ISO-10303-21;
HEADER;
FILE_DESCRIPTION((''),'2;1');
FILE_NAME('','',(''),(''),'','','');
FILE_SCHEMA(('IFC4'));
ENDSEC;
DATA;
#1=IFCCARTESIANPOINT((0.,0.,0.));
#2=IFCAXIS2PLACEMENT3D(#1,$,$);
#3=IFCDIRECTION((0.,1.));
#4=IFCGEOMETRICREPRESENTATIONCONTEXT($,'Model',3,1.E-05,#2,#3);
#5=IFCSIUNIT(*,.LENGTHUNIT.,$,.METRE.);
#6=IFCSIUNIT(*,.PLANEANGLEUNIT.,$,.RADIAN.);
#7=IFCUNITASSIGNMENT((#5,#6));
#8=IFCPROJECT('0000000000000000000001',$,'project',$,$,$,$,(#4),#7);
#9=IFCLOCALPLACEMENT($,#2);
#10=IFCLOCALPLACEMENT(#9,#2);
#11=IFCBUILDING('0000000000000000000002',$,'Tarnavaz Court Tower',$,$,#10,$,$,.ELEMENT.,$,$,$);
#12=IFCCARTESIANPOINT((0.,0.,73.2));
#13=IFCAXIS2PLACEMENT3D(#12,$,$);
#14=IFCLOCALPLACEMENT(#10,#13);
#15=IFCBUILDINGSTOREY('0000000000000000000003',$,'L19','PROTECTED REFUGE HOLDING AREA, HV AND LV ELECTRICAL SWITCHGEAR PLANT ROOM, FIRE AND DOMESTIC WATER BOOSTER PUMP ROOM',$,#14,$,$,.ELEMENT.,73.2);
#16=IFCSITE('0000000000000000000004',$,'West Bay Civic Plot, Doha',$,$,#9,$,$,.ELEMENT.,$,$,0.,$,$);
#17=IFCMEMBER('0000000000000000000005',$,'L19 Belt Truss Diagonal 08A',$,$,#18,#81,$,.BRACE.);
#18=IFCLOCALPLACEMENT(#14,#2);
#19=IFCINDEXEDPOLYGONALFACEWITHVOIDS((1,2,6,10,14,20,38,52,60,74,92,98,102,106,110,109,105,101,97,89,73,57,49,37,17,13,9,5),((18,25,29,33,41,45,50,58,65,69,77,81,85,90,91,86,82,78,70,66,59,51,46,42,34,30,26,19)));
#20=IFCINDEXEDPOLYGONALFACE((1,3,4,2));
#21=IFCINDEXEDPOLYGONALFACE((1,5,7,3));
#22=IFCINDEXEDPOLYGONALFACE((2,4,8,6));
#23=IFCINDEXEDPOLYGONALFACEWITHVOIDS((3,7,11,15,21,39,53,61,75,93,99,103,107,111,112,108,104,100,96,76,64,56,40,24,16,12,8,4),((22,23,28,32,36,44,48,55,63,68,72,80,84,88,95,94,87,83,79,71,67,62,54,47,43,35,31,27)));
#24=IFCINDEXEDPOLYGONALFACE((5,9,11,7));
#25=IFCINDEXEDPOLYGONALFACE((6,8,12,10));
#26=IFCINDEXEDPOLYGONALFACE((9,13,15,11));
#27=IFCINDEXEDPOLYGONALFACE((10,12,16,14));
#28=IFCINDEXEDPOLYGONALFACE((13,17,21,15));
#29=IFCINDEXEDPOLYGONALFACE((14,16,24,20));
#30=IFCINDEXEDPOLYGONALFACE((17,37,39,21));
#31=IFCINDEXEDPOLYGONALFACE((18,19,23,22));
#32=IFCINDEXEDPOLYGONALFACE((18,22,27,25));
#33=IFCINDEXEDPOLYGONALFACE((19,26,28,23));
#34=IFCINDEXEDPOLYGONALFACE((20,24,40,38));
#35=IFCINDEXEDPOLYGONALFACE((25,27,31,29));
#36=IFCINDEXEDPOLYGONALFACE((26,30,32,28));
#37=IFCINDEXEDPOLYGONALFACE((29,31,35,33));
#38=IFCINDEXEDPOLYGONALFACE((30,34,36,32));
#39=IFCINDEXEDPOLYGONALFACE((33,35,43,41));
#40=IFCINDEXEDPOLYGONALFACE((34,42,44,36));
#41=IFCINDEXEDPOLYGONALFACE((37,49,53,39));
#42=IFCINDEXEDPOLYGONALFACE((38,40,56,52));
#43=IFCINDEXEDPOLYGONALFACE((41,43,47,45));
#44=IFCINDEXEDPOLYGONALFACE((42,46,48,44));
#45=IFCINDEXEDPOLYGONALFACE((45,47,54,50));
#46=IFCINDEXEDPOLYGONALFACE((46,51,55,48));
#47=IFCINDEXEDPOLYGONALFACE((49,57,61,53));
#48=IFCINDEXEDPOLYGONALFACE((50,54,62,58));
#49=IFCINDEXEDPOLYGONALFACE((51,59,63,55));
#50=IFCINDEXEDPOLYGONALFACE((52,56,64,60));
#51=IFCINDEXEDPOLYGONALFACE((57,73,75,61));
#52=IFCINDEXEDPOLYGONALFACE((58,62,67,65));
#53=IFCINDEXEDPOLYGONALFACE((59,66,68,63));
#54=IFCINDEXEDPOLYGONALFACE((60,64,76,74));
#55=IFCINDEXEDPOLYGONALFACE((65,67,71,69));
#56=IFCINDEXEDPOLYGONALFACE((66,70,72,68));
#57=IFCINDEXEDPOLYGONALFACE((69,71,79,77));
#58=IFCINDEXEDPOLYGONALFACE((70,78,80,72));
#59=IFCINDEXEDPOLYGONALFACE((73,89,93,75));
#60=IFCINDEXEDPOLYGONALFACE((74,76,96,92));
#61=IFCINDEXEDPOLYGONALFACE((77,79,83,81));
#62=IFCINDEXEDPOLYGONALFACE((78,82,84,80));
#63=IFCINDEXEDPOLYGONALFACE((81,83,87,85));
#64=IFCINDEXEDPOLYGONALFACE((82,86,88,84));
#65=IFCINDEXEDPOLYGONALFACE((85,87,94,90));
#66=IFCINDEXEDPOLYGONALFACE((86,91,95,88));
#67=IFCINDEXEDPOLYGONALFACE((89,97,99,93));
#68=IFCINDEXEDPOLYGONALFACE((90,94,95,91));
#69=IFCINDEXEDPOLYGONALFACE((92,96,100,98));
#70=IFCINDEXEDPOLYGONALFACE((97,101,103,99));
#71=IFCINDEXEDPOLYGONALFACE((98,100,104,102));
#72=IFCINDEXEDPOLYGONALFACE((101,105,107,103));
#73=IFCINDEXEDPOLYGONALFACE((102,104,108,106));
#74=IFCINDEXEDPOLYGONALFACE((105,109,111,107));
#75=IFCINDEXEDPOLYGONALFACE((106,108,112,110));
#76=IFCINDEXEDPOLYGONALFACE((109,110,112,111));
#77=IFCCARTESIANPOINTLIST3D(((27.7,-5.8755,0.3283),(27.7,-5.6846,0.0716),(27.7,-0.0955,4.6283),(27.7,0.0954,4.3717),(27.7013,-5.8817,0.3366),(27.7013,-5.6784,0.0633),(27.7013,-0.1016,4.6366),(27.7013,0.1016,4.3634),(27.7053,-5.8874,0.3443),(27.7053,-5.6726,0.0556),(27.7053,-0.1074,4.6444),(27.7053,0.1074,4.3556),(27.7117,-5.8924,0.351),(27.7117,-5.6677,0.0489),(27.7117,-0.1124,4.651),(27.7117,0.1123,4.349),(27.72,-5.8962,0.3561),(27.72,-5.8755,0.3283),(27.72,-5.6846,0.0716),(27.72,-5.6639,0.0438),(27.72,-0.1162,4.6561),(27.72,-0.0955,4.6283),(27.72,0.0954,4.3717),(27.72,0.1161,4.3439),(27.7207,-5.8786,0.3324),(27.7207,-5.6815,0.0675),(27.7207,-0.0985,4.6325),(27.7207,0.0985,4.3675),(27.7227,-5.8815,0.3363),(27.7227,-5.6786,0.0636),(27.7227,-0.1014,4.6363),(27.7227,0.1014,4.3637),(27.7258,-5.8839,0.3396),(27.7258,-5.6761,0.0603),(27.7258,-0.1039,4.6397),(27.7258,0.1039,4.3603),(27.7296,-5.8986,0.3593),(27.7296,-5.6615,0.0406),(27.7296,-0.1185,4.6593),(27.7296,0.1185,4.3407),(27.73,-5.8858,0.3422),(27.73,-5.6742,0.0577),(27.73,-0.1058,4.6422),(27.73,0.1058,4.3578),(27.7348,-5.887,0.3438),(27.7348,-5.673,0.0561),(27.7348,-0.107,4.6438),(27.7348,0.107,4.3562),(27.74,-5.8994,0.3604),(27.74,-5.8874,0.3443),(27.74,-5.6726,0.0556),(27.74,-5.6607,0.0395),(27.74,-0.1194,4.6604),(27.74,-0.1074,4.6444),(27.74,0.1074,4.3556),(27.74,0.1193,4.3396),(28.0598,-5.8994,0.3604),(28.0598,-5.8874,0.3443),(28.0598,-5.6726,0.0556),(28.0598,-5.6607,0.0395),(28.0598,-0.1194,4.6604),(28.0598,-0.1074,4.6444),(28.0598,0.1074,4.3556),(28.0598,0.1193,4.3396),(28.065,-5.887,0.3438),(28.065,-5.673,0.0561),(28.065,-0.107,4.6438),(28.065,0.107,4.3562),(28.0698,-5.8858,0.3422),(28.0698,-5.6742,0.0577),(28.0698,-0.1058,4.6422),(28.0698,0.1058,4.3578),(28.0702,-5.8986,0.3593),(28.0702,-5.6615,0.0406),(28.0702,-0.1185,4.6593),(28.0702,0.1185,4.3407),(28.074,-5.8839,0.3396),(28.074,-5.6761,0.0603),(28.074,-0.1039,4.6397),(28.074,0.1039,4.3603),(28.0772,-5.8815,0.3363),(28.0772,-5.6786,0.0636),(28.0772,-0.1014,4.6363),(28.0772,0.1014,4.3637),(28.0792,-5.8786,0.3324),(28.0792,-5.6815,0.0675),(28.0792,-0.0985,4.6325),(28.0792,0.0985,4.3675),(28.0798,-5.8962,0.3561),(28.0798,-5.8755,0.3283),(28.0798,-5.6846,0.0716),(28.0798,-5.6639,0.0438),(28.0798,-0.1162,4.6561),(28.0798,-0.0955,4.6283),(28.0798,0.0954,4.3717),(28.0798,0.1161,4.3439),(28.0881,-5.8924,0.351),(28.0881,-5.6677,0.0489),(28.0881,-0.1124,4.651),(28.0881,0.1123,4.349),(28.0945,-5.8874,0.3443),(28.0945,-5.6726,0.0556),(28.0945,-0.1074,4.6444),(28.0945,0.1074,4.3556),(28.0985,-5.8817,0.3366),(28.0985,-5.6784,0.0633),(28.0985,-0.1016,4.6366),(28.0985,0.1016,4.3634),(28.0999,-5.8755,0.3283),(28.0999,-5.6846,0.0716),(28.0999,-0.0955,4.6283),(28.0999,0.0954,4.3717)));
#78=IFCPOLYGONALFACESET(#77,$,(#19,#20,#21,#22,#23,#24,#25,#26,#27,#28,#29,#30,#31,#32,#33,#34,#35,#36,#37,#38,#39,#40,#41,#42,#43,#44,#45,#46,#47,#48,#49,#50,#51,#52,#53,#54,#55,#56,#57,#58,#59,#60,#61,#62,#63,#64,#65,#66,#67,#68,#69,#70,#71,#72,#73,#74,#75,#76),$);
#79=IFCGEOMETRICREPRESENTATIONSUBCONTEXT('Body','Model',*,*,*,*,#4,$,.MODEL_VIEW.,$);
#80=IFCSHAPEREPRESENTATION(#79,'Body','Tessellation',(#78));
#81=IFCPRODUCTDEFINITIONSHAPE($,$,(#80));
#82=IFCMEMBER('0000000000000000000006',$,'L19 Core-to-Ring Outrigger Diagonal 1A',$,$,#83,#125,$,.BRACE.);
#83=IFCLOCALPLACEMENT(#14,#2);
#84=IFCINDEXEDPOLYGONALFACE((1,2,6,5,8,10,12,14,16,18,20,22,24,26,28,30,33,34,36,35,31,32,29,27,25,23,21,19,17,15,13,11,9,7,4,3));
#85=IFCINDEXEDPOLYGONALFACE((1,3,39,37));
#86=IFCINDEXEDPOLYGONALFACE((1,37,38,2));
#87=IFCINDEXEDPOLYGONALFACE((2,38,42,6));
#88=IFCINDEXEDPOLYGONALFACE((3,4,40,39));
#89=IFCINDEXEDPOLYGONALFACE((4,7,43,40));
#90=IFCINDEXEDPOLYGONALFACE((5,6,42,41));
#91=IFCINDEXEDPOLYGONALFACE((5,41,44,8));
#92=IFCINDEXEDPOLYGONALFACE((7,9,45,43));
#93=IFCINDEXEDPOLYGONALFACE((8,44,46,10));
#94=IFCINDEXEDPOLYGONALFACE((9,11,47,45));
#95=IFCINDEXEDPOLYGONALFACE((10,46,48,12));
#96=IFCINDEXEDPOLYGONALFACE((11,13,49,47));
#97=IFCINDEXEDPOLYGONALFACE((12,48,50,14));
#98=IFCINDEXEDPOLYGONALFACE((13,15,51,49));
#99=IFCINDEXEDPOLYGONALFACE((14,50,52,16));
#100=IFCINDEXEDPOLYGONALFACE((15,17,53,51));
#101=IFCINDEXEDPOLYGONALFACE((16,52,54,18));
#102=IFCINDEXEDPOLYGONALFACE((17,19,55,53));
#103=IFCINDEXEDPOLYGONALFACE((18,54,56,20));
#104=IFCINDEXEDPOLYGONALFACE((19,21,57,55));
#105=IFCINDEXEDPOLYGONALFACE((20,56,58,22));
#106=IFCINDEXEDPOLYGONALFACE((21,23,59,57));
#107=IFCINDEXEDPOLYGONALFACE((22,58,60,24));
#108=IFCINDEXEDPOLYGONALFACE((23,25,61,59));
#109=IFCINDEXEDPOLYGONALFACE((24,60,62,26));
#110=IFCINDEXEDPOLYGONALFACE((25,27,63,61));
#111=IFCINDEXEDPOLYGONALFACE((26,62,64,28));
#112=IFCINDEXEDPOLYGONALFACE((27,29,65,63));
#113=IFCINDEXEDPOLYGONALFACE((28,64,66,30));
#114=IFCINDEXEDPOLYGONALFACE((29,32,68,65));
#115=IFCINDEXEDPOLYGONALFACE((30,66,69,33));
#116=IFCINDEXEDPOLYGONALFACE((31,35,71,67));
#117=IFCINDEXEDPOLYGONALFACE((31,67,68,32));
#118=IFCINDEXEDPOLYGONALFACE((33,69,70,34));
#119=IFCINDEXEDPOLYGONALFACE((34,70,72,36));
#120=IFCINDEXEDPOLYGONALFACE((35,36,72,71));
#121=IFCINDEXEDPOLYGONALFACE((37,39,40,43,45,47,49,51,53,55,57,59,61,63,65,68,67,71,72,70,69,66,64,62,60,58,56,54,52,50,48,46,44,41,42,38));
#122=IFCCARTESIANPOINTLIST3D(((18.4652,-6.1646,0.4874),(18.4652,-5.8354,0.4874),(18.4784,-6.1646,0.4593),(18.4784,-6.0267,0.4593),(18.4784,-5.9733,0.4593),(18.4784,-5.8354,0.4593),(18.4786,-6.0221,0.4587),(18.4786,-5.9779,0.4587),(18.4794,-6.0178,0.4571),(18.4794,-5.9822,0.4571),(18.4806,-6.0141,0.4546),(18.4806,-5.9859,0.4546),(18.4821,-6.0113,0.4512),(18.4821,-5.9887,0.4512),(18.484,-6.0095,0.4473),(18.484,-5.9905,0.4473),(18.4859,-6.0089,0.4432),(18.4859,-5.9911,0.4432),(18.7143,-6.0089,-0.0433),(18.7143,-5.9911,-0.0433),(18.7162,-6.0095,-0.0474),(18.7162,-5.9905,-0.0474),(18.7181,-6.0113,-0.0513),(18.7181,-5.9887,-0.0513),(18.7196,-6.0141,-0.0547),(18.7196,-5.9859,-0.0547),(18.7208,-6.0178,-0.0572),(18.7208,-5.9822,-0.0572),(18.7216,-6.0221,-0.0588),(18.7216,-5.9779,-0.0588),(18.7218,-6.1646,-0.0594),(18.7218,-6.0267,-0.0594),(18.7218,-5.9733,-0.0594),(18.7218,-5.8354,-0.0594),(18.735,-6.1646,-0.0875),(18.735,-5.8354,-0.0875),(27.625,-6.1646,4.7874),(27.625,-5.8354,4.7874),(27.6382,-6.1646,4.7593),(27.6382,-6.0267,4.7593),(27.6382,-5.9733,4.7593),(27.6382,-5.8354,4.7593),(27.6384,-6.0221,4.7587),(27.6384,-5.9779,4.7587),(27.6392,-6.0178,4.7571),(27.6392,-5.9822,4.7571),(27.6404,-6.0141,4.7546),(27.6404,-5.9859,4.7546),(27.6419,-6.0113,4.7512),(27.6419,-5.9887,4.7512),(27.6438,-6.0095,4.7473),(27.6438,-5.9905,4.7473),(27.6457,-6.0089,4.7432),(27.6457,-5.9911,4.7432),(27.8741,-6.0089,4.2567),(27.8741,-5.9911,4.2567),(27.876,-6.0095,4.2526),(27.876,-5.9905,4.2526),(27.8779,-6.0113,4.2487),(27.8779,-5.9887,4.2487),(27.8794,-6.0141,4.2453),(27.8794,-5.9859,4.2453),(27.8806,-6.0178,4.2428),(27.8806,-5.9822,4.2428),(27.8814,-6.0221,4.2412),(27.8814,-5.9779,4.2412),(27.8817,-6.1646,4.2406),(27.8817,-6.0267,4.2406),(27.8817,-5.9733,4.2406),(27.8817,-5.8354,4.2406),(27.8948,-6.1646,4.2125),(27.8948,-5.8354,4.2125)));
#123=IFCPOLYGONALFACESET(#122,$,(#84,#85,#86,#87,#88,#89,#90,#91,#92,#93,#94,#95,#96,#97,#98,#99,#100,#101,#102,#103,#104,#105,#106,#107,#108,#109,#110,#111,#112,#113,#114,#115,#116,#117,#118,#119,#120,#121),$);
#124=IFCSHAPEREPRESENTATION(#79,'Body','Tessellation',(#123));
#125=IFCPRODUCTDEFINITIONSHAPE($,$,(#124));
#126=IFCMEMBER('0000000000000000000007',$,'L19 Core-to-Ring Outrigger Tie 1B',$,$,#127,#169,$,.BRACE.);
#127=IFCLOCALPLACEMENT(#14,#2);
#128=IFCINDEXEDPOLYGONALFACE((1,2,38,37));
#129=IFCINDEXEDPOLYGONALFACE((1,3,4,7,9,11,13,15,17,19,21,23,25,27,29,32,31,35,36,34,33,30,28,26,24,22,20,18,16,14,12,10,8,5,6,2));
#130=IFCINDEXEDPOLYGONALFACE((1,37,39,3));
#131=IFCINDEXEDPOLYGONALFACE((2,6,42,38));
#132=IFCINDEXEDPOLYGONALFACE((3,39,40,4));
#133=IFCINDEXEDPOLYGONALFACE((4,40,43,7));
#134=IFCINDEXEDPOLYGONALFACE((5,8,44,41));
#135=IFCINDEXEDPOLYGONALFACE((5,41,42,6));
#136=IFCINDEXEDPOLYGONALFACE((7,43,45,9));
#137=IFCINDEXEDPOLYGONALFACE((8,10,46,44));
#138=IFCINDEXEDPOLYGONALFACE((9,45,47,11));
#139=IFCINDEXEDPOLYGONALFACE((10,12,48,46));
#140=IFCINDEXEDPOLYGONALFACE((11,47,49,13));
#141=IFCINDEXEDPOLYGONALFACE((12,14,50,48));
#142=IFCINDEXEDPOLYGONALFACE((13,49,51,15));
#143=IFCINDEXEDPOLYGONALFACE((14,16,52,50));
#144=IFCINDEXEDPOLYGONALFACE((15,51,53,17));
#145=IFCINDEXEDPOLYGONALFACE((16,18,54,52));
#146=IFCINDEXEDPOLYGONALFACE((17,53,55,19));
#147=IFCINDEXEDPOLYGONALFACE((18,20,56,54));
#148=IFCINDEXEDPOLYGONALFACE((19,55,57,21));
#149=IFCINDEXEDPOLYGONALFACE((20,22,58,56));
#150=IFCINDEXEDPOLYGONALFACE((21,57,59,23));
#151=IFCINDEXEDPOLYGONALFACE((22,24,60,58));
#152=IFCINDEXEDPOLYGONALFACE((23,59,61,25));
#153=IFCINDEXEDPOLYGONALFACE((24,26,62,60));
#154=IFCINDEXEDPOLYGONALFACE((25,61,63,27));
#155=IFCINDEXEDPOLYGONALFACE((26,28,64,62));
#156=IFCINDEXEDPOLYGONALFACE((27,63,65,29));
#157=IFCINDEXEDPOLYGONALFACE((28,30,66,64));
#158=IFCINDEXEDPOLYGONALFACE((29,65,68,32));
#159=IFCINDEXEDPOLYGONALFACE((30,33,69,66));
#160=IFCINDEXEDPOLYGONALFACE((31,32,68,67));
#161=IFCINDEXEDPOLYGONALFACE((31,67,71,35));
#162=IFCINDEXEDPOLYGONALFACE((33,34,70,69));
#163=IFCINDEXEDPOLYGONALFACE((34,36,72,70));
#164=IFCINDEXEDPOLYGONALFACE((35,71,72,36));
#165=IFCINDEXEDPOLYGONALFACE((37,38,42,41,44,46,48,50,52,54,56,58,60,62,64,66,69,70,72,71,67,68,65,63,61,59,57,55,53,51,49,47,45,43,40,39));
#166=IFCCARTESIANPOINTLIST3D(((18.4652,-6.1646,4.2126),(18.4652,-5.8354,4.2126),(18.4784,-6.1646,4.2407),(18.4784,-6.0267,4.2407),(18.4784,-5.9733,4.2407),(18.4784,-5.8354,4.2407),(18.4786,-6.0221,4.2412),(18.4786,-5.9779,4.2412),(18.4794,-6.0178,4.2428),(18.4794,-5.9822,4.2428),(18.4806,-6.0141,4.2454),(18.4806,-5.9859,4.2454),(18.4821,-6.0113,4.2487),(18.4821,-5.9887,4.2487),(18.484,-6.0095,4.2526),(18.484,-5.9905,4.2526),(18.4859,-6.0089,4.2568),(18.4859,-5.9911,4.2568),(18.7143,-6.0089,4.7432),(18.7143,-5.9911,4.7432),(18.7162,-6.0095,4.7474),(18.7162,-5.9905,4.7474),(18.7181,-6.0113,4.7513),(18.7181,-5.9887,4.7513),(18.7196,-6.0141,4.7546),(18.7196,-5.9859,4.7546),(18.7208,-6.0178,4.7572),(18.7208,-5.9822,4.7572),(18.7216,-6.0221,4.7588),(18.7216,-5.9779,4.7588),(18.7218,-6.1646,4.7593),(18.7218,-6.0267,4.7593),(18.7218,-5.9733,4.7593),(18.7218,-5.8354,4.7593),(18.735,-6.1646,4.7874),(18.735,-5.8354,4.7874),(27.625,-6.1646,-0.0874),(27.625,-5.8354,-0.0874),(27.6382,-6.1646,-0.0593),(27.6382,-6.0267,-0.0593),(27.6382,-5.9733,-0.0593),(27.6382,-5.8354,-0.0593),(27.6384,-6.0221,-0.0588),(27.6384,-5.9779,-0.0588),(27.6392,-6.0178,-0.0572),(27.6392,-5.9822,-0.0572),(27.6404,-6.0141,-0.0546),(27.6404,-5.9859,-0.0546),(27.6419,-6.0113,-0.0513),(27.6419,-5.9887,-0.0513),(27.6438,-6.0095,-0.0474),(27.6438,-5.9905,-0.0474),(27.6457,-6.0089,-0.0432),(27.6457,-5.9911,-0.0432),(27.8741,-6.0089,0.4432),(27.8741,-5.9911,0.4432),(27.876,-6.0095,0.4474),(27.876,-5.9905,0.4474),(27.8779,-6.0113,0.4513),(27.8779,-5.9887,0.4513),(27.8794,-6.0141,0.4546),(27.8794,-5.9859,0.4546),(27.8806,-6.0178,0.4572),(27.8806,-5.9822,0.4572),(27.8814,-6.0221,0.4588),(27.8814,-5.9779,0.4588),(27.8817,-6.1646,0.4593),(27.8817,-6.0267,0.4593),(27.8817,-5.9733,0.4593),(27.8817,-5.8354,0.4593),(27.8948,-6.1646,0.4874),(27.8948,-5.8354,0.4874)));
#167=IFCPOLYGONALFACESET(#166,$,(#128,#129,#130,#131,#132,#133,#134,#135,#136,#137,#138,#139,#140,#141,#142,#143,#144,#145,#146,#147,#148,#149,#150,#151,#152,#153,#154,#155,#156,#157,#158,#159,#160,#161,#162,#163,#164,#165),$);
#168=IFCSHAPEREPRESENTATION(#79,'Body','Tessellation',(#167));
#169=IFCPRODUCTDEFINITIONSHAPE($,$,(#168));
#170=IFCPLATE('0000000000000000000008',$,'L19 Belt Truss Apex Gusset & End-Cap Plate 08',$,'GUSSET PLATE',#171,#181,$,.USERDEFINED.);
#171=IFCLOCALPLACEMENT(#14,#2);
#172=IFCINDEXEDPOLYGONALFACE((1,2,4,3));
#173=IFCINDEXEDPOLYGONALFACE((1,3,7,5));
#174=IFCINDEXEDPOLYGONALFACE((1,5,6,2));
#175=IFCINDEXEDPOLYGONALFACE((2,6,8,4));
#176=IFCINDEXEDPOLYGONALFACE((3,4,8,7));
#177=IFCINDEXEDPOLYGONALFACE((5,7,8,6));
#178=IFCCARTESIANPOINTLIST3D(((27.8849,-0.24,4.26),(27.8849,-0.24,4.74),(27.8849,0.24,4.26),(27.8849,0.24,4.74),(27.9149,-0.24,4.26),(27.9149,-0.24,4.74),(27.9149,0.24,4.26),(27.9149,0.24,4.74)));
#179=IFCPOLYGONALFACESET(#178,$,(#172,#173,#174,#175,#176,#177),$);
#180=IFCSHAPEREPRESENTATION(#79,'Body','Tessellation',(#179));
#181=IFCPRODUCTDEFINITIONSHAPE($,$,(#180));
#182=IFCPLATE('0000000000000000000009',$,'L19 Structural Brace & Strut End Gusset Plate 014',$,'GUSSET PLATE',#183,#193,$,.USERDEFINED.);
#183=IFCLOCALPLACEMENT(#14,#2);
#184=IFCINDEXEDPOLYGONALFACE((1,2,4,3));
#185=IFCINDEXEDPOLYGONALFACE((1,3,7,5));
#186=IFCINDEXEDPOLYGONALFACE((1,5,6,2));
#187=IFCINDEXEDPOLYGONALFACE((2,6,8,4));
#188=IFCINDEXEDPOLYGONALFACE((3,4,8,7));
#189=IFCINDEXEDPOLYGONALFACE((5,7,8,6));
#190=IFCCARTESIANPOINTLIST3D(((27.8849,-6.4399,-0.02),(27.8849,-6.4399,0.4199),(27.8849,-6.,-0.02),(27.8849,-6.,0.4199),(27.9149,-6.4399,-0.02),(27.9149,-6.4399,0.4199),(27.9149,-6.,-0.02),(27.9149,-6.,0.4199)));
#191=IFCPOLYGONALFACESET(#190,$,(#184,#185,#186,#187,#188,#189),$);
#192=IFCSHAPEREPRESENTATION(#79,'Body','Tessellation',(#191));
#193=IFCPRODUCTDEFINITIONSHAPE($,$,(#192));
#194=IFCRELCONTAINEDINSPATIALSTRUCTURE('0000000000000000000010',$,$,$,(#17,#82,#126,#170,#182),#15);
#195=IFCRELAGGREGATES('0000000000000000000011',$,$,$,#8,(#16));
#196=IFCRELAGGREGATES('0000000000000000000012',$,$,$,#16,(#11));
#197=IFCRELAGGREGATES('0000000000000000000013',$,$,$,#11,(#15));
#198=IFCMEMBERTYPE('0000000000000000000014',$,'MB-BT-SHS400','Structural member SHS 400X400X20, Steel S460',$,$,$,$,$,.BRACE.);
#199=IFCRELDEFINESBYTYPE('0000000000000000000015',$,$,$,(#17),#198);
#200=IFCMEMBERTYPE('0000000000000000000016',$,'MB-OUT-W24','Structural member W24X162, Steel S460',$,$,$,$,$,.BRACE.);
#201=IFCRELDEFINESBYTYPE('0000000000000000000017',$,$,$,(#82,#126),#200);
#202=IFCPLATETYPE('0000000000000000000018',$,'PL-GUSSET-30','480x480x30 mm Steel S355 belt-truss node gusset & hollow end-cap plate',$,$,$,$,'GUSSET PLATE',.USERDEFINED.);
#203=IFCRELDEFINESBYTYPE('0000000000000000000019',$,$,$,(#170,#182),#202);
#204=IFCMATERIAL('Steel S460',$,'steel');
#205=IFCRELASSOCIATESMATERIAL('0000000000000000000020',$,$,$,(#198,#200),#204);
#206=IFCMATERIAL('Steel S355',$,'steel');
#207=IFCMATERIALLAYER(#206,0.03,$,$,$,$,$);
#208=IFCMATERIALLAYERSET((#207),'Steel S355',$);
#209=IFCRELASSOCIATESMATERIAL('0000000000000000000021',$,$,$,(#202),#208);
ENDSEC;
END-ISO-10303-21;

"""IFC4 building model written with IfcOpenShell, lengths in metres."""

from ifc_helpers import new_model, si_unit, direction, frame, origin, origin_2d, place, context, subcontext, project, spatial, rectangle, hollow_rectangle, i_section, extrude, material, layer, layer_set, material_profile, profile_set, type_object, element, save


model = new_model("IFC4")

# Units and contexts
model_context = context("Model", 3, precision=1e-05, world=origin(), true_north=direction((0.0, 1.0)))
body_context = subcontext(model_context, "Body", "Model", "MODEL_VIEW")
ifc_project = project(units=[si_unit("LENGTHUNIT", "METRE"), si_unit("PLANEANGLEUNIT", "RADIAN")], contexts=[model_context])

# Site, building, storey
site_placement = place(None, origin())
site = spatial("IfcSite", under=ifc_project, at=site_placement, Name="West Bay Civic Plot, Doha", CompositionType="ELEMENT", RefElevation=0.0)
building_placement = place(site_placement, origin())
building = spatial("IfcBuilding", under=site, at=building_placement, Name="Tarnavaz Court Tower", CompositionType="ELEMENT")
storey_placement = place(building_placement, frame((0.0, 0.0, 73.2)))
storey = spatial("IfcBuildingStorey", under=building, at=storey_placement, Name="L19", Description="PROTECTED REFUGE HOLDING AREA, HV AND LV ELECTRICAL SWITCHGEAR PLANT ROOM, FIRE AND DOMESTIC WATER BOOSTER PUMP ROOM", CompositionType="ELEMENT", Elevation=73.2)

# Shared definitions
ifc_material_1 = material(Name="Steel S460", Category="steel")

# Members
ifc_material_profile_1 = material_profile(ifc_material_1, hollow_rectangle(XDim=0.3999, YDim=0.3999, WallThickness=0.02, InnerFilletRadius=0.02, OuterFilletRadius=0.04, at=origin_2d()), Name="SHS 400X400X20")
ifc_profile_set_1 = profile_set([ifc_material_profile_1], Name="Steel S460")
member_type_1 = type_object("IfcMemberType", Name="MB-BT-SHS400", Description="Structural member SHS 400X400X20, Steel S460", PredefinedType="BRACE", material=ifc_profile_set_1)
member_1_placement = place(storey_placement, frame((27.8999, -5.78, 0.2), z_axis=(0.0, 0.802324, 0.596889), x_axis=(-1.0, 0.0, 0.0)))
element("IfcMember", 1, at=member_1_placement, inside=storey, type_object=member_type_1, Name="L19 Belt Truss Diagonal 08A", PredefinedType="BRACE", context=body_context, shape_type="SweptSolid", body=[
    extrude(hollow_rectangle(XDim=0.3999, YDim=0.3999, WallThickness=0.02, InnerFilletRadius=0.02, OuterFilletRadius=0.04, at=origin_2d()), origin(), (0.0, 0.0, 1.0), 7.2041),
])
ifc_material_profile_2 = material_profile(ifc_material_1, i_section(OverallWidth=0.3291, OverallDepth=0.635, WebThickness=0.0178, FlangeThickness=0.031, FilletRadius=0.0178, at=origin_2d()), Name="W24X162")
ifc_profile_set_2 = profile_set([ifc_material_profile_2], Name="Steel S460")
member_type_2 = type_object("IfcMemberType", Name="MB-OUT-W24", Description="Structural member W24X162, Steel S460", PredefinedType="BRACE", material=ifc_profile_set_2)
for number, where, z_axis, x_axis, name in (
    (2, (18.6001, -6.0, 0.2), (0.905218, 0.0, 0.424947), (0.0, 1.0, 0.0), "L19 Core-to-Ring Outrigger Diagonal 1A"),
    (3, (18.6001, -6.0, 4.5), (0.905218, 0.0, -0.424947), (0.0, 1.0, 0.0), "L19 Core-to-Ring Outrigger Tie 1B"),
):
    element("IfcMember", number, at=place(storey_placement, frame(where, z_axis=z_axis, x_axis=x_axis)), inside=storey, type_object=member_type_2, Name=name, PredefinedType="BRACE", context=body_context, shape_type="SweptSolid", body=[
        extrude(i_section(OverallWidth=0.3291, OverallDepth=0.635, WebThickness=0.0178, FlangeThickness=0.031, FilletRadius=0.0178, at=origin_2d()), origin(), (0.0, 0.0, 1.0), 10.1189),
    ])

# Plates
ifc_material_2 = material(Name="Steel S355", Category="steel")
ifc_layer_1 = layer(ifc_material_2, 0.03)
ifc_layer_set_1 = layer_set([ifc_layer_1], Name="Steel S355")
plate_type = type_object("IfcPlateType", Name="PL-GUSSET-30", Description="480x480x30 mm Steel S355 belt-truss node gusset & hollow end-cap plate", ElementType="GUSSET PLATE", PredefinedType="USERDEFINED", material=ifc_layer_set_1)
plate_placement = place(storey_placement, frame((27.8999, 0.0, 4.26), z_axis=(0.0, 0.0, 1.0), x_axis=(0.0, 1.0, 0.0)))
element("IfcPlate", 4, at=plate_placement, inside=storey, type_object=plate_type, Name="L19 Belt Truss Apex Gusset & End-Cap Plate 08", ObjectType="GUSSET PLATE", PredefinedType="USERDEFINED", context=body_context, shape_type="SweptSolid", body=[
    extrude(rectangle(XDim=0.48, YDim=0.03, at=origin_2d()), origin(), (0.0, 0.0, 1.0), 0.48),
])
for number, where, z_axis, x_axis, name in (
    (5, (27.8999, -6.22, -0.02), (0.0, 0.0, 1.0), (0.0, 1.0, 0.0), "L19 Structural Brace & Strut End Gusset Plate 014"),
):
    element("IfcPlate", number, at=place(storey_placement, frame(where, z_axis=z_axis, x_axis=x_axis)), inside=storey, type_object=plate_type, Name=name, ObjectType="GUSSET PLATE", PredefinedType="USERDEFINED", context=body_context, shape_type="SweptSolid", body=[
        extrude(rectangle(XDim=0.4399, YDim=0.03, at=origin_2d()), origin(), (0.0, 0.0, 1.0), 0.4399),
    ])

save(model, "model.ifc")
